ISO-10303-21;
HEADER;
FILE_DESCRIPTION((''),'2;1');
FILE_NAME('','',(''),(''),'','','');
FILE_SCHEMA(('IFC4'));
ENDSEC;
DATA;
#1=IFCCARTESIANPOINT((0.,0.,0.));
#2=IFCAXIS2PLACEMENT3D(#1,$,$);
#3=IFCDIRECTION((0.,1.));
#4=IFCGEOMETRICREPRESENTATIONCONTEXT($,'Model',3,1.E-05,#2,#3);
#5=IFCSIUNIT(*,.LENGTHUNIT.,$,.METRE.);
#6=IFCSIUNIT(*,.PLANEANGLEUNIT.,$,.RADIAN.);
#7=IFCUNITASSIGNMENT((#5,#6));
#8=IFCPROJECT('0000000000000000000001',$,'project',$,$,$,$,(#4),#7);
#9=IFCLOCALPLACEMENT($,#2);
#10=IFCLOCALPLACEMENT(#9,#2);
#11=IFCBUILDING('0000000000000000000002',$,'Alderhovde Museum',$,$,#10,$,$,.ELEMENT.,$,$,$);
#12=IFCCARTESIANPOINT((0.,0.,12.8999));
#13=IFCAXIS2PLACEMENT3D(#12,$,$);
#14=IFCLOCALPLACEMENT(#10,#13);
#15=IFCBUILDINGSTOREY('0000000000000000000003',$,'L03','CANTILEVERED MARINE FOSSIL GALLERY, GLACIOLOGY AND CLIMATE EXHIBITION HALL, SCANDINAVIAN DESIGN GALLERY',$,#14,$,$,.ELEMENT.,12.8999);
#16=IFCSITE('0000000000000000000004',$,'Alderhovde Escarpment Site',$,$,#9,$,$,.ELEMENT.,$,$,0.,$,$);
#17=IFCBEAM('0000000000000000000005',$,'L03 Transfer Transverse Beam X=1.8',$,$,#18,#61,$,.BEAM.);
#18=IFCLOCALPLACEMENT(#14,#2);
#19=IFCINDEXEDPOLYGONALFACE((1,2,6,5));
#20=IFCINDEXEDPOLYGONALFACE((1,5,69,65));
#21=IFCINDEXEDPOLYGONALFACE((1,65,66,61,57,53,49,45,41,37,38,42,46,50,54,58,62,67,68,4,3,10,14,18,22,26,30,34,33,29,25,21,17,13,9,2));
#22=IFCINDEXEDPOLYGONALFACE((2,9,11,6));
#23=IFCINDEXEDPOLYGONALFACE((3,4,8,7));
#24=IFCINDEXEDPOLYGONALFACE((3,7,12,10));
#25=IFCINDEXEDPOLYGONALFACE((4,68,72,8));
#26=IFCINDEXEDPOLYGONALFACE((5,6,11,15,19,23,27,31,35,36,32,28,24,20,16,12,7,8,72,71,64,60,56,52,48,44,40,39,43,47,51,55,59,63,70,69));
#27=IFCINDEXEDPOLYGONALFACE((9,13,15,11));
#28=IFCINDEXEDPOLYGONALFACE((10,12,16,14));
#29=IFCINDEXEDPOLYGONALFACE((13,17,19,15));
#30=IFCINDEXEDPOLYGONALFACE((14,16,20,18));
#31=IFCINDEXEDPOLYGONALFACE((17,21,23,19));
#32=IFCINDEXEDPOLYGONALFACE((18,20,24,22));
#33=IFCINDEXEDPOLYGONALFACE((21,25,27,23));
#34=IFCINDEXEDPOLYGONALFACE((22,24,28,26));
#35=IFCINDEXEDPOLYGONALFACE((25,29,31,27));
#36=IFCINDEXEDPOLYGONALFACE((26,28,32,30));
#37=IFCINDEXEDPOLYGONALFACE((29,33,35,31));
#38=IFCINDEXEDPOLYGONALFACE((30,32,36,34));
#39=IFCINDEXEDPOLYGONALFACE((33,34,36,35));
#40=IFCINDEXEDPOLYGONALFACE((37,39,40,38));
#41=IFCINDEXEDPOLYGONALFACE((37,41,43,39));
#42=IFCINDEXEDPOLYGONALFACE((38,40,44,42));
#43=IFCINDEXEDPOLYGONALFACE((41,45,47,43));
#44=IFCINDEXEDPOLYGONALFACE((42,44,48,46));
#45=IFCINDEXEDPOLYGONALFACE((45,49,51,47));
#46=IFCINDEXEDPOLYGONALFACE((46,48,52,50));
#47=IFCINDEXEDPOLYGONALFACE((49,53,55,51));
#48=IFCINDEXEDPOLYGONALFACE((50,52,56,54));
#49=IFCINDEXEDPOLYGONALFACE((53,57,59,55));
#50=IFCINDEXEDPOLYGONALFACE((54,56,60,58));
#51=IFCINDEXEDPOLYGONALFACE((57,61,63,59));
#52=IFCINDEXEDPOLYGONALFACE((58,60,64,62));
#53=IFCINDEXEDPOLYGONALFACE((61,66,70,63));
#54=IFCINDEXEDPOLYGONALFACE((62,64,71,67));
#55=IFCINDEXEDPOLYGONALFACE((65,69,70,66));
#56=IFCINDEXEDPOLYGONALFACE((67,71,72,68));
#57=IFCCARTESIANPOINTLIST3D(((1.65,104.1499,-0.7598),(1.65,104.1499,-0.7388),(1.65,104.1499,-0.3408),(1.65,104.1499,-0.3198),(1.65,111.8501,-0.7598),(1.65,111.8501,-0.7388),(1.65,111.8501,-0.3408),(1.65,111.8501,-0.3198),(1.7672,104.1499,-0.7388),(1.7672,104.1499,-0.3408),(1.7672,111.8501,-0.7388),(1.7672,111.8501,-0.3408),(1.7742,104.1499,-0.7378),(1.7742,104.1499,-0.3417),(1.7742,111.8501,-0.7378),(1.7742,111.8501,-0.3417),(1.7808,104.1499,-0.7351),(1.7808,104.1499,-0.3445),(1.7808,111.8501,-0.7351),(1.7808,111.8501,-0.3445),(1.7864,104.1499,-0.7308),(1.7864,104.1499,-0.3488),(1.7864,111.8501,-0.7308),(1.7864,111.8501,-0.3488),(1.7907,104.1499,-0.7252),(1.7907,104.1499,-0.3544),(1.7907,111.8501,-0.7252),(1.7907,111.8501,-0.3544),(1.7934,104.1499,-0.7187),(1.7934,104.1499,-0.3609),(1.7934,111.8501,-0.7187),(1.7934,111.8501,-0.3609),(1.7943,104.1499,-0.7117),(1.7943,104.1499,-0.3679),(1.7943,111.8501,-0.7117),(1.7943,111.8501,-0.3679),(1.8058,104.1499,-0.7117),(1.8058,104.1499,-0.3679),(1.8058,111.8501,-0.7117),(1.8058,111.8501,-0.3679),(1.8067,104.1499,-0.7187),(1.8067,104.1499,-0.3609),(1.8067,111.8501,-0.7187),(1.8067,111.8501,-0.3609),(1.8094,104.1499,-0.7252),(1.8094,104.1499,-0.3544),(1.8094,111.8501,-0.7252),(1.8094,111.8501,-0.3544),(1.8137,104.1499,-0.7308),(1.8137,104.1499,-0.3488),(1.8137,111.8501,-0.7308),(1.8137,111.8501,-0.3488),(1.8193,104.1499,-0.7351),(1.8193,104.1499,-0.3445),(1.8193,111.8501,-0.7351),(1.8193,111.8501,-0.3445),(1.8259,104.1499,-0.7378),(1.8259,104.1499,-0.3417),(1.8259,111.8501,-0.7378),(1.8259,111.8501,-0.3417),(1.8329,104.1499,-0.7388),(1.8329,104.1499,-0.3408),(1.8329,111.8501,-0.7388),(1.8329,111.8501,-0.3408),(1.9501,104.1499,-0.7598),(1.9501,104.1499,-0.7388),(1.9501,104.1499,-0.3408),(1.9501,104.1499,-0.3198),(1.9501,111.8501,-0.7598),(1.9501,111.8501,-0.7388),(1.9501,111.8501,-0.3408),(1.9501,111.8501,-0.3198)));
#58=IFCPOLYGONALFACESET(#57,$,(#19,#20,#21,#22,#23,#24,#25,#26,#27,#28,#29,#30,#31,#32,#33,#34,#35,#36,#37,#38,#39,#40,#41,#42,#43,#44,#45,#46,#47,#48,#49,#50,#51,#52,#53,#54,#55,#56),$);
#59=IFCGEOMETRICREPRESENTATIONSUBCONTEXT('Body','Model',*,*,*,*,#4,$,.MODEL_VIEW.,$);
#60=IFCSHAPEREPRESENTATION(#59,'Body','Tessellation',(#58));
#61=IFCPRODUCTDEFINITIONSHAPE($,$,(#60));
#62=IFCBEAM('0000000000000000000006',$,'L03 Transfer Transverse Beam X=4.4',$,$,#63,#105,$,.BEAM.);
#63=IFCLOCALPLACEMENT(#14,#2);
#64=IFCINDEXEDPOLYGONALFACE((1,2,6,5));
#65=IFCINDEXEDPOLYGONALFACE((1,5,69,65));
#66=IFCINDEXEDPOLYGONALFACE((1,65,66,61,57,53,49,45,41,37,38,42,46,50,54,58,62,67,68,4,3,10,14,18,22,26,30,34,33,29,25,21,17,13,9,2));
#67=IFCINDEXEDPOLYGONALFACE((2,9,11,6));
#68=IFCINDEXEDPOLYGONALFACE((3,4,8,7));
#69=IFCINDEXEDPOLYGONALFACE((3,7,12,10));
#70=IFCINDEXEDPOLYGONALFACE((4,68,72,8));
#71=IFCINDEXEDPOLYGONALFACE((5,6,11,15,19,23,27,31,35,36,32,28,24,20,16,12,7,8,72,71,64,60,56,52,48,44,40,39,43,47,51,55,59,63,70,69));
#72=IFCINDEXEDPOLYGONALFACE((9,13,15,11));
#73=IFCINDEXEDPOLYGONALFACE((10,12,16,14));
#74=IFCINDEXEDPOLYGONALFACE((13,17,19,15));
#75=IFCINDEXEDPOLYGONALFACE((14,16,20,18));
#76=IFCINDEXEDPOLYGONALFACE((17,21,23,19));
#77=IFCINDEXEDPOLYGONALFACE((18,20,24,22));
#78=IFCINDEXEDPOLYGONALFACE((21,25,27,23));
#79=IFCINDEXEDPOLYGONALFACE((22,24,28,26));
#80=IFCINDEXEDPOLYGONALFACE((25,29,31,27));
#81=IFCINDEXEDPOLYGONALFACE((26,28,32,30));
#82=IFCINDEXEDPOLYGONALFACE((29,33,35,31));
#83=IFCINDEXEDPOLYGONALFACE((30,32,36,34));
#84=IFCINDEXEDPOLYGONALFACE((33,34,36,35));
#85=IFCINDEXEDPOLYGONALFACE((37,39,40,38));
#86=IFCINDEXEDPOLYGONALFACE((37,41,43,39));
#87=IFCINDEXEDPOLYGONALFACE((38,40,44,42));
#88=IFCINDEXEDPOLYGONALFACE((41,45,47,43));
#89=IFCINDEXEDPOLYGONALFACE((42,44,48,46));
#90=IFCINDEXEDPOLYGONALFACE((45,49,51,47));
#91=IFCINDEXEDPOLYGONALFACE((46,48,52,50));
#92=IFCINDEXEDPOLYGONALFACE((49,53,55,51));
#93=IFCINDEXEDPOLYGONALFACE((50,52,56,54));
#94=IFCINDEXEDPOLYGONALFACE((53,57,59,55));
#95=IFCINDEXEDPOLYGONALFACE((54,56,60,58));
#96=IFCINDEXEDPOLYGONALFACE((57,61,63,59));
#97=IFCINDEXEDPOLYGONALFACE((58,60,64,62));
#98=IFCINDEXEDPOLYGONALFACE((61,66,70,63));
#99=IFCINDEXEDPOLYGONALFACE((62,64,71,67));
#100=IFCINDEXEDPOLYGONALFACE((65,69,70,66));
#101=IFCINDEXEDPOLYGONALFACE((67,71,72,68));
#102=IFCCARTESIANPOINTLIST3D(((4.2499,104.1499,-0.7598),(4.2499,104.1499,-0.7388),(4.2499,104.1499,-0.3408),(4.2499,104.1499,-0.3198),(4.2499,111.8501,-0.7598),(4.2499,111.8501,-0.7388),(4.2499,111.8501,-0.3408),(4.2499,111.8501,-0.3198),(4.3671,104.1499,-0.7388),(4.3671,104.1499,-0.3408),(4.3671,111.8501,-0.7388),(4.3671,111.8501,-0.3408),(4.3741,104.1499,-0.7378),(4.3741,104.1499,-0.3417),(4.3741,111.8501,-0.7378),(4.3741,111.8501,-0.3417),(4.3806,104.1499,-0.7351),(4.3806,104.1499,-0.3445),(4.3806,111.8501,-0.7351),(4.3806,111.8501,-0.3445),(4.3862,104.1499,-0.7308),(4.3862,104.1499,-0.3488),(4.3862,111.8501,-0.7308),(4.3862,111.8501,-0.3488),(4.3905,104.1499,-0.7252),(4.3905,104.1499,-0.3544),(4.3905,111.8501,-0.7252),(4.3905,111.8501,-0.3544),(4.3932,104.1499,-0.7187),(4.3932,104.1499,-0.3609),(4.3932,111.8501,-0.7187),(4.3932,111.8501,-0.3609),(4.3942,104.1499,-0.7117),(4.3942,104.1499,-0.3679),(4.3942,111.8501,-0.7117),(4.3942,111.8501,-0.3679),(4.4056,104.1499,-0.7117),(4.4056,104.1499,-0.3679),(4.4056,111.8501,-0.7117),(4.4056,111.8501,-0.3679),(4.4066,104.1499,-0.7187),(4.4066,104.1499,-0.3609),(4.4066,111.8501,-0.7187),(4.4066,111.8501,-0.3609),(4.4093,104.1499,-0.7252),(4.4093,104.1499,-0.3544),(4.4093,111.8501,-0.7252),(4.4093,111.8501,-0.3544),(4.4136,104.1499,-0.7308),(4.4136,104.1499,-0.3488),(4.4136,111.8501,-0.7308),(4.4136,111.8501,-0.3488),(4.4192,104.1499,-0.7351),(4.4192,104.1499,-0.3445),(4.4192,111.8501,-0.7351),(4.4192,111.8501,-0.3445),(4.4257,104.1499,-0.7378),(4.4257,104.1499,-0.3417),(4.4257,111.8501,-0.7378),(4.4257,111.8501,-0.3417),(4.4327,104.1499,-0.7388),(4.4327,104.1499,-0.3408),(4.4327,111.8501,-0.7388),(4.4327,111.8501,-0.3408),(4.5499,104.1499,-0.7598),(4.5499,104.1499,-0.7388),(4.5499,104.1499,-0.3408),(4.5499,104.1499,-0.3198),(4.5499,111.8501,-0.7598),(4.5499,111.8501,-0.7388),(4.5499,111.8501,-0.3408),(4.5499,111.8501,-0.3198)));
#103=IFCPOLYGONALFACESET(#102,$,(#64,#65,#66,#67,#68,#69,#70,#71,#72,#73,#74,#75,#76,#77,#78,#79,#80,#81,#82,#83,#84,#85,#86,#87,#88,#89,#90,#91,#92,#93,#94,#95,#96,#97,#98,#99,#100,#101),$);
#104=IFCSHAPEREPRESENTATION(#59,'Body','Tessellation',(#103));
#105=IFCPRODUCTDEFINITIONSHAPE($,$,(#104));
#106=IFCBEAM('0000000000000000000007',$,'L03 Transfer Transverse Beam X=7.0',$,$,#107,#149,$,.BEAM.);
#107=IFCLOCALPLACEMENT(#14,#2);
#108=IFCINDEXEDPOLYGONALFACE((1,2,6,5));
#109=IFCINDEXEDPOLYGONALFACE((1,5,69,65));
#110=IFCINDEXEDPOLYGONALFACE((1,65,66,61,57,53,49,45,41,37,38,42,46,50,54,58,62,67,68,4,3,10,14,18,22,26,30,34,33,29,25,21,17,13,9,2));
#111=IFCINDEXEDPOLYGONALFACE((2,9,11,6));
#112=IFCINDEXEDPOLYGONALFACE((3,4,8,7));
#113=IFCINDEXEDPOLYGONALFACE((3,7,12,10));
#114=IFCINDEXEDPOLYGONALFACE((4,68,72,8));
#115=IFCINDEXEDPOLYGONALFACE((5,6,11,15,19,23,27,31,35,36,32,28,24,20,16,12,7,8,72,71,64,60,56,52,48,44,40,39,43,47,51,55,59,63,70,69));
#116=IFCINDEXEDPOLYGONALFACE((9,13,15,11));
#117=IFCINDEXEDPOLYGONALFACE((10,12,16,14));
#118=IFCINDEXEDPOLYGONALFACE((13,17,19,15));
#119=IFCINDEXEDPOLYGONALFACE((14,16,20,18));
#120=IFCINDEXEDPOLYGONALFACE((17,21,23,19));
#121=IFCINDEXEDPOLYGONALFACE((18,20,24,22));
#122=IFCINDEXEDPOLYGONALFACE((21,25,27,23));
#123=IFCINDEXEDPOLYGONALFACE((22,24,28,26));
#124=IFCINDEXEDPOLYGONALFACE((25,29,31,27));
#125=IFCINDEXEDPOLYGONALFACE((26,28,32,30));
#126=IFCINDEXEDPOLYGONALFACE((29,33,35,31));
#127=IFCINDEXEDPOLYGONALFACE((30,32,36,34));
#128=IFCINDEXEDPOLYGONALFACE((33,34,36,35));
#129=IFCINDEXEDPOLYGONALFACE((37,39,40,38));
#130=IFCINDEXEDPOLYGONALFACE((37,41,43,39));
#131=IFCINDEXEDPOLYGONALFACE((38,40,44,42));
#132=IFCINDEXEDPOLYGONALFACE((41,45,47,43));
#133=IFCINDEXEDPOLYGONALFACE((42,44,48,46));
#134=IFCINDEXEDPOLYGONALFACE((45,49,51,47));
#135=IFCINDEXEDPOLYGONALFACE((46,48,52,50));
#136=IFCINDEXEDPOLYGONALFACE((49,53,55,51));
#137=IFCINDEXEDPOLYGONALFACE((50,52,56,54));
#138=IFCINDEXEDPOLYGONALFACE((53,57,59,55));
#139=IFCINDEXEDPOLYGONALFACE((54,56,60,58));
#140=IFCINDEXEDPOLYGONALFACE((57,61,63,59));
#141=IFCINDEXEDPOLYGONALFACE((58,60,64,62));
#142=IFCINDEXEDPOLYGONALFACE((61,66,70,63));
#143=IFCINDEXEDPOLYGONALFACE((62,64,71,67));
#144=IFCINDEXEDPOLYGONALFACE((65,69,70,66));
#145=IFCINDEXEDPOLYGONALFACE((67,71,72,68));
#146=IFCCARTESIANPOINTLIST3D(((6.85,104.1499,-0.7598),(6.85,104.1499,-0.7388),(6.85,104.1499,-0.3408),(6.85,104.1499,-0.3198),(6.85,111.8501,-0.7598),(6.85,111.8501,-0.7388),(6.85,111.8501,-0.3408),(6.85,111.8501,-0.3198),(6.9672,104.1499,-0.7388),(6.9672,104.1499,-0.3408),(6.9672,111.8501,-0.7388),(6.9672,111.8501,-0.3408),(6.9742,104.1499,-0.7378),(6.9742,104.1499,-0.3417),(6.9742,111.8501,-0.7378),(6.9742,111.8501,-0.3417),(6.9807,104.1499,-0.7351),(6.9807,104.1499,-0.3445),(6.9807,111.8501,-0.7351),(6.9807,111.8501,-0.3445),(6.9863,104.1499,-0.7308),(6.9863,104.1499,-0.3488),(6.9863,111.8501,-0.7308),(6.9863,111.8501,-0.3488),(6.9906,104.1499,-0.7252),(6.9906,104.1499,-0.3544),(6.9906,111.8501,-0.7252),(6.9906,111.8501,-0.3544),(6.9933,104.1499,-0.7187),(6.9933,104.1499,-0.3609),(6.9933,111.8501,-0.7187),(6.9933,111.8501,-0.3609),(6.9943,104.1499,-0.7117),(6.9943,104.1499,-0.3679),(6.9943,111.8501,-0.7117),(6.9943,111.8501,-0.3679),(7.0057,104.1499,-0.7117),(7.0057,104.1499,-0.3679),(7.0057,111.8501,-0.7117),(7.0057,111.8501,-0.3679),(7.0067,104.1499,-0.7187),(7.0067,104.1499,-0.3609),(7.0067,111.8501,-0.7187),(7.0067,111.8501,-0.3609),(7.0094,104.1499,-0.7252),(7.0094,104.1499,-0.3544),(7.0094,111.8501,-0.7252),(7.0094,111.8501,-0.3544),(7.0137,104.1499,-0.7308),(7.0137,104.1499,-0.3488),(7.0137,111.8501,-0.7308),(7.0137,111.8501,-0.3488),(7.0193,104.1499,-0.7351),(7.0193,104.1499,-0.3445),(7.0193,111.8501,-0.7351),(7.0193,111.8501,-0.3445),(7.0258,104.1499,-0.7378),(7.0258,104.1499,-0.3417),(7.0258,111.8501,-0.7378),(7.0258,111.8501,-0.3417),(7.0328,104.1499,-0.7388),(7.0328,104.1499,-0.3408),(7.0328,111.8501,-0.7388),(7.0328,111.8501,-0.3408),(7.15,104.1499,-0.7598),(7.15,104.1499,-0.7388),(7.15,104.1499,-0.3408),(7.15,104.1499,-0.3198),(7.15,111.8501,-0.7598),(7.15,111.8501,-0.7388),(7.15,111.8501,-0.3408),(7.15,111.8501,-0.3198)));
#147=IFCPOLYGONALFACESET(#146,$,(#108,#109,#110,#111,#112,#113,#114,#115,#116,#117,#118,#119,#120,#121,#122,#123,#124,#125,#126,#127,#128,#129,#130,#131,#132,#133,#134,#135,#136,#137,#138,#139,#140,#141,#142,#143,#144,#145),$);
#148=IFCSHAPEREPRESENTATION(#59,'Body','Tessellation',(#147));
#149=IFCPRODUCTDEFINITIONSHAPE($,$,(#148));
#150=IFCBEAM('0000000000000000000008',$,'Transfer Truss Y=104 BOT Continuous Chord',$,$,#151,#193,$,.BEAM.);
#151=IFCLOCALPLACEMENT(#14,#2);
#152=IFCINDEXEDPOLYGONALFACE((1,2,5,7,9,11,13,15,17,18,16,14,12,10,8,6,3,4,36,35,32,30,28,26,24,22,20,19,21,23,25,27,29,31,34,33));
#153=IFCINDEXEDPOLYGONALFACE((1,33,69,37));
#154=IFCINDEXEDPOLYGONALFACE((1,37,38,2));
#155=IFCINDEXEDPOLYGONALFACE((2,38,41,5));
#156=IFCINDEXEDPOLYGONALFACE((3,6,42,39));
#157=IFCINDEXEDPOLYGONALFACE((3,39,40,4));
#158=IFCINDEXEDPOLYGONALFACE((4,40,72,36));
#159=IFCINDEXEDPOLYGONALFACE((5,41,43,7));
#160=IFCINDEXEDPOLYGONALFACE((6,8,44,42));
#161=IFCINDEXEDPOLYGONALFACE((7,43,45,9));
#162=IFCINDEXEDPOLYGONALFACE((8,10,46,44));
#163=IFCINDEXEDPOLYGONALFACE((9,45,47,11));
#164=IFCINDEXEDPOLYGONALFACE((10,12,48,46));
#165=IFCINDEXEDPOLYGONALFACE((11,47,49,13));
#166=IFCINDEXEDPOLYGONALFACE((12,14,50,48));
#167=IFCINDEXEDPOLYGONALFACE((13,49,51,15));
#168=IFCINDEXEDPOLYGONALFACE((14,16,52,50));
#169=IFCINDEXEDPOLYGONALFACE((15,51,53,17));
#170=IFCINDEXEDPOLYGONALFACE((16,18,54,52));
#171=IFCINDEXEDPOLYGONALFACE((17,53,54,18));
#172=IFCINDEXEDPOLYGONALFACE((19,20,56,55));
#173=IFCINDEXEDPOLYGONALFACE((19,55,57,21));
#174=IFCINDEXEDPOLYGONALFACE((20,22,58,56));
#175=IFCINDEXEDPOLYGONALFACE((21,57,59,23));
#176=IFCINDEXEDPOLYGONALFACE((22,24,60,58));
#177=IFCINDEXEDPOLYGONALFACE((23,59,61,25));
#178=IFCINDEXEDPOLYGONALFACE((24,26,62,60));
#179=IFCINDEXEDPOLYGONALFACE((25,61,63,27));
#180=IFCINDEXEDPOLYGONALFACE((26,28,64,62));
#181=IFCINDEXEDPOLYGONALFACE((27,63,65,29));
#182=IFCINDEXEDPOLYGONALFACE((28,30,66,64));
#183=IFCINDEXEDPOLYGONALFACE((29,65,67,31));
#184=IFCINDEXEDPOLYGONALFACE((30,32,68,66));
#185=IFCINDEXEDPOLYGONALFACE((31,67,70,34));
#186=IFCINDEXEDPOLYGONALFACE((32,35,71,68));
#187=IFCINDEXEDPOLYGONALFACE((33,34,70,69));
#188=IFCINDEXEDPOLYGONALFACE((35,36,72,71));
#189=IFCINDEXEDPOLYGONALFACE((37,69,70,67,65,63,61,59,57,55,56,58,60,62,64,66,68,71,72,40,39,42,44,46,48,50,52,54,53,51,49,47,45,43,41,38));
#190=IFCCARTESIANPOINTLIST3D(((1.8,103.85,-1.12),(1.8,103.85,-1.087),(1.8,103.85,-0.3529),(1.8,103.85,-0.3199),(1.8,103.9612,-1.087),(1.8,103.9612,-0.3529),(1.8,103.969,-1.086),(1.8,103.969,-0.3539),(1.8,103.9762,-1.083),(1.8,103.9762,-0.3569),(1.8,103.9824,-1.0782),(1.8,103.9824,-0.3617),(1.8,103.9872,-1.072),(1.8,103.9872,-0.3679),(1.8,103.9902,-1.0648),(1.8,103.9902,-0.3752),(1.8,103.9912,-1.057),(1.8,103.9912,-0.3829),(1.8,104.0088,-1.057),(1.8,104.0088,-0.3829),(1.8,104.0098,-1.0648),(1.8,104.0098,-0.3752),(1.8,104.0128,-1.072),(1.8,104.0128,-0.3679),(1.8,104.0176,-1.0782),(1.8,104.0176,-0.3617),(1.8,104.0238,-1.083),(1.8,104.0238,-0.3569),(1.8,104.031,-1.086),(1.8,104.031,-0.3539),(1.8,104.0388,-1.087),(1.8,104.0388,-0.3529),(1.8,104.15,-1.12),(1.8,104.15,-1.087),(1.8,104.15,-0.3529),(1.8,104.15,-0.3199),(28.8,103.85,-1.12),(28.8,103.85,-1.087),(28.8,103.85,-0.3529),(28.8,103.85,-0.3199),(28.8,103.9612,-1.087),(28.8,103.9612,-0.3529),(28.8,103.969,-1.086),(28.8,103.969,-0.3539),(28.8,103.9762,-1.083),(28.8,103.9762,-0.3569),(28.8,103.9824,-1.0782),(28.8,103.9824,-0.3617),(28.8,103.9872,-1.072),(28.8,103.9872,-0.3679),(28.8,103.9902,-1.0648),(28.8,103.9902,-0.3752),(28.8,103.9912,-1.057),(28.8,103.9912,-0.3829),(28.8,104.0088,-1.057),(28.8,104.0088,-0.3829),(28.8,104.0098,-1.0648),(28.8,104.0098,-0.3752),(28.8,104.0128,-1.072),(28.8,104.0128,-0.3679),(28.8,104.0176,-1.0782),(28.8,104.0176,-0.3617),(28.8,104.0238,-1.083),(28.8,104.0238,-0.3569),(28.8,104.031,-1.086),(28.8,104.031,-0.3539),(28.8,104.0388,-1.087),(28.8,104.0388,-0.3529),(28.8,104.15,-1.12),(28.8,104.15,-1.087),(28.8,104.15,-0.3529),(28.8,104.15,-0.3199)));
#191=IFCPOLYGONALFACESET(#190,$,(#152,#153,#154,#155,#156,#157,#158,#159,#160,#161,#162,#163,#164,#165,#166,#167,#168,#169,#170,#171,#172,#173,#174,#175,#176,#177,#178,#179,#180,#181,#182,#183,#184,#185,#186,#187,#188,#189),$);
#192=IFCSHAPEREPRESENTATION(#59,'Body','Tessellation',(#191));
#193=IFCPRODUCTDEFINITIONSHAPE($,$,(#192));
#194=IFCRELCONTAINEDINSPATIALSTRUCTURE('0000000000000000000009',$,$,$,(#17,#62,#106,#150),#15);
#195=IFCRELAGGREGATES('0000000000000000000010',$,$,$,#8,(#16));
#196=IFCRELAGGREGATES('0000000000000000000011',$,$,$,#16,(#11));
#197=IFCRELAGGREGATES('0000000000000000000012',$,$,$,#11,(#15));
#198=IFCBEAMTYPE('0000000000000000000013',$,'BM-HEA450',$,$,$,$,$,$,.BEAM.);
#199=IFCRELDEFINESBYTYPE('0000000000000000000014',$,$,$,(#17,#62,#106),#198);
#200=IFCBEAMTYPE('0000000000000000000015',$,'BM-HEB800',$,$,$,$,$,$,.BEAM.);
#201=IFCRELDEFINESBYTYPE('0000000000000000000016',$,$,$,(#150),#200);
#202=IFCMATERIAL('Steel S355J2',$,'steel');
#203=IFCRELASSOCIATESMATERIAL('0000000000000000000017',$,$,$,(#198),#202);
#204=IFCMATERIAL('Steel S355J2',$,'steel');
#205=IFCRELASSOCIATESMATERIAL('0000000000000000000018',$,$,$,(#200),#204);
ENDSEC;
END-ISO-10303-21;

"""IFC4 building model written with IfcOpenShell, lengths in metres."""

from ifc_helpers import new_model, si_unit, direction, frame, origin, origin_2d, place, context, subcontext, project, spatial, i_section, extrude, material, material_profile, profile_set, type_object, element, save


model = new_model("IFC4")

# Units and contexts
model_context = context("Model", 3, precision=1e-05, world=origin(), true_north=direction((0.0, 1.0)))
body_context = subcontext(model_context, "Body", "Model", "MODEL_VIEW")
ifc_project = project(units=[si_unit("LENGTHUNIT", "METRE"), si_unit("PLANEANGLEUNIT", "RADIAN")], contexts=[model_context])

# Site, building, storey
site_placement = place(None, origin())
site = spatial("IfcSite", under=ifc_project, at=site_placement, Name="Alderhovde Escarpment Site", CompositionType="ELEMENT", RefElevation=0.0)
building_placement = place(site_placement, origin())
building = spatial("IfcBuilding", under=site, at=building_placement, Name="Alderhovde Museum", CompositionType="ELEMENT")
storey_placement = place(building_placement, frame((0.0, 0.0, 12.8999)))
storey = spatial("IfcBuildingStorey", under=building, at=storey_placement, Name="L03", Description="CANTILEVERED MARINE FOSSIL GALLERY, GLACIOLOGY AND CLIMATE EXHIBITION HALL, SCANDINAVIAN DESIGN GALLERY", CompositionType="ELEMENT", Elevation=12.8999)

# Beams
ifc_material_1 = material(Name="Steel S355J2", Category="steel")
ifc_material_profile_1 = material_profile(ifc_material_1, i_section(OverallWidth=0.3, OverallDepth=0.4399, WebThickness=0.0115, FlangeThickness=0.021, FilletRadius=0.0271, at=origin_2d()), Name="HEA 450")
ifc_profile_set_1 = profile_set([ifc_material_profile_1], Name="Steel S355J2")
beam_type_1 = type_object("IfcBeamType", Name="BM-HEA450", PredefinedType="BEAM", material=ifc_profile_set_1)
for number, where, z_axis, x_axis, name in (
    (1, (1.8, 104.1499, -0.5398), (0.0, 1.0, 0.0), (-1.0, 0.0, 0.0), "L03 Transfer Transverse Beam X=1.8"),
    (2, (4.3999, 104.1499, -0.5398), (0.0, 1.0, 0.0), (-1.0, 0.0, 0.0), "L03 Transfer Transverse Beam X=4.4"),
    (3, (7.0, 104.1499, -0.5398), (0.0, 1.0, 0.0), (-1.0, 0.0, 0.0), "L03 Transfer Transverse Beam X=7.0"),
):
    element("IfcBeam", number, at=place(storey_placement, frame(where, z_axis=z_axis, x_axis=x_axis)), inside=storey, type_object=beam_type_1, Name=name, PredefinedType="BEAM", context=body_context, shape_type="SweptSolid", body=[
        extrude(i_section(OverallWidth=0.3, OverallDepth=0.4399, WebThickness=0.0115, FlangeThickness=0.021, FilletRadius=0.0271, at=origin_2d()), origin(), (0.0, 0.0, 1.0), 7.7002),
    ])
ifc_material_2 = material(Name="Steel S355J2", Category="steel")
ifc_material_profile_2 = material_profile(ifc_material_2, i_section(OverallWidth=0.3, OverallDepth=0.8, WebThickness=0.0176, FlangeThickness=0.033, FilletRadius=0.03, at=origin_2d()), Name="HEB 800")
ifc_profile_set_2 = profile_set([ifc_material_profile_2], Name="Steel S355J2")
beam_type_2 = type_object("IfcBeamType", Name="BM-HEB800", PredefinedType="BEAM", material=ifc_profile_set_2)
beam_placement = place(storey_placement, frame((1.8, 104.0, -0.72), z_axis=(1.0, 0.0, 0.0), x_axis=(0.0, 1.0, 0.0)))
element("IfcBeam", 4, at=beam_placement, inside=storey, type_object=beam_type_2, Name="Transfer Truss Y=104 BOT Continuous Chord", PredefinedType="BEAM", context=body_context, shape_type="SweptSolid", body=[
    extrude(i_section(OverallWidth=0.3, OverallDepth=0.8, WebThickness=0.0176, FlangeThickness=0.033, FilletRadius=0.03, at=origin_2d()), origin(), (0.0, 0.0, 1.0), 27.0),
])

save(model, "model.ifc")
